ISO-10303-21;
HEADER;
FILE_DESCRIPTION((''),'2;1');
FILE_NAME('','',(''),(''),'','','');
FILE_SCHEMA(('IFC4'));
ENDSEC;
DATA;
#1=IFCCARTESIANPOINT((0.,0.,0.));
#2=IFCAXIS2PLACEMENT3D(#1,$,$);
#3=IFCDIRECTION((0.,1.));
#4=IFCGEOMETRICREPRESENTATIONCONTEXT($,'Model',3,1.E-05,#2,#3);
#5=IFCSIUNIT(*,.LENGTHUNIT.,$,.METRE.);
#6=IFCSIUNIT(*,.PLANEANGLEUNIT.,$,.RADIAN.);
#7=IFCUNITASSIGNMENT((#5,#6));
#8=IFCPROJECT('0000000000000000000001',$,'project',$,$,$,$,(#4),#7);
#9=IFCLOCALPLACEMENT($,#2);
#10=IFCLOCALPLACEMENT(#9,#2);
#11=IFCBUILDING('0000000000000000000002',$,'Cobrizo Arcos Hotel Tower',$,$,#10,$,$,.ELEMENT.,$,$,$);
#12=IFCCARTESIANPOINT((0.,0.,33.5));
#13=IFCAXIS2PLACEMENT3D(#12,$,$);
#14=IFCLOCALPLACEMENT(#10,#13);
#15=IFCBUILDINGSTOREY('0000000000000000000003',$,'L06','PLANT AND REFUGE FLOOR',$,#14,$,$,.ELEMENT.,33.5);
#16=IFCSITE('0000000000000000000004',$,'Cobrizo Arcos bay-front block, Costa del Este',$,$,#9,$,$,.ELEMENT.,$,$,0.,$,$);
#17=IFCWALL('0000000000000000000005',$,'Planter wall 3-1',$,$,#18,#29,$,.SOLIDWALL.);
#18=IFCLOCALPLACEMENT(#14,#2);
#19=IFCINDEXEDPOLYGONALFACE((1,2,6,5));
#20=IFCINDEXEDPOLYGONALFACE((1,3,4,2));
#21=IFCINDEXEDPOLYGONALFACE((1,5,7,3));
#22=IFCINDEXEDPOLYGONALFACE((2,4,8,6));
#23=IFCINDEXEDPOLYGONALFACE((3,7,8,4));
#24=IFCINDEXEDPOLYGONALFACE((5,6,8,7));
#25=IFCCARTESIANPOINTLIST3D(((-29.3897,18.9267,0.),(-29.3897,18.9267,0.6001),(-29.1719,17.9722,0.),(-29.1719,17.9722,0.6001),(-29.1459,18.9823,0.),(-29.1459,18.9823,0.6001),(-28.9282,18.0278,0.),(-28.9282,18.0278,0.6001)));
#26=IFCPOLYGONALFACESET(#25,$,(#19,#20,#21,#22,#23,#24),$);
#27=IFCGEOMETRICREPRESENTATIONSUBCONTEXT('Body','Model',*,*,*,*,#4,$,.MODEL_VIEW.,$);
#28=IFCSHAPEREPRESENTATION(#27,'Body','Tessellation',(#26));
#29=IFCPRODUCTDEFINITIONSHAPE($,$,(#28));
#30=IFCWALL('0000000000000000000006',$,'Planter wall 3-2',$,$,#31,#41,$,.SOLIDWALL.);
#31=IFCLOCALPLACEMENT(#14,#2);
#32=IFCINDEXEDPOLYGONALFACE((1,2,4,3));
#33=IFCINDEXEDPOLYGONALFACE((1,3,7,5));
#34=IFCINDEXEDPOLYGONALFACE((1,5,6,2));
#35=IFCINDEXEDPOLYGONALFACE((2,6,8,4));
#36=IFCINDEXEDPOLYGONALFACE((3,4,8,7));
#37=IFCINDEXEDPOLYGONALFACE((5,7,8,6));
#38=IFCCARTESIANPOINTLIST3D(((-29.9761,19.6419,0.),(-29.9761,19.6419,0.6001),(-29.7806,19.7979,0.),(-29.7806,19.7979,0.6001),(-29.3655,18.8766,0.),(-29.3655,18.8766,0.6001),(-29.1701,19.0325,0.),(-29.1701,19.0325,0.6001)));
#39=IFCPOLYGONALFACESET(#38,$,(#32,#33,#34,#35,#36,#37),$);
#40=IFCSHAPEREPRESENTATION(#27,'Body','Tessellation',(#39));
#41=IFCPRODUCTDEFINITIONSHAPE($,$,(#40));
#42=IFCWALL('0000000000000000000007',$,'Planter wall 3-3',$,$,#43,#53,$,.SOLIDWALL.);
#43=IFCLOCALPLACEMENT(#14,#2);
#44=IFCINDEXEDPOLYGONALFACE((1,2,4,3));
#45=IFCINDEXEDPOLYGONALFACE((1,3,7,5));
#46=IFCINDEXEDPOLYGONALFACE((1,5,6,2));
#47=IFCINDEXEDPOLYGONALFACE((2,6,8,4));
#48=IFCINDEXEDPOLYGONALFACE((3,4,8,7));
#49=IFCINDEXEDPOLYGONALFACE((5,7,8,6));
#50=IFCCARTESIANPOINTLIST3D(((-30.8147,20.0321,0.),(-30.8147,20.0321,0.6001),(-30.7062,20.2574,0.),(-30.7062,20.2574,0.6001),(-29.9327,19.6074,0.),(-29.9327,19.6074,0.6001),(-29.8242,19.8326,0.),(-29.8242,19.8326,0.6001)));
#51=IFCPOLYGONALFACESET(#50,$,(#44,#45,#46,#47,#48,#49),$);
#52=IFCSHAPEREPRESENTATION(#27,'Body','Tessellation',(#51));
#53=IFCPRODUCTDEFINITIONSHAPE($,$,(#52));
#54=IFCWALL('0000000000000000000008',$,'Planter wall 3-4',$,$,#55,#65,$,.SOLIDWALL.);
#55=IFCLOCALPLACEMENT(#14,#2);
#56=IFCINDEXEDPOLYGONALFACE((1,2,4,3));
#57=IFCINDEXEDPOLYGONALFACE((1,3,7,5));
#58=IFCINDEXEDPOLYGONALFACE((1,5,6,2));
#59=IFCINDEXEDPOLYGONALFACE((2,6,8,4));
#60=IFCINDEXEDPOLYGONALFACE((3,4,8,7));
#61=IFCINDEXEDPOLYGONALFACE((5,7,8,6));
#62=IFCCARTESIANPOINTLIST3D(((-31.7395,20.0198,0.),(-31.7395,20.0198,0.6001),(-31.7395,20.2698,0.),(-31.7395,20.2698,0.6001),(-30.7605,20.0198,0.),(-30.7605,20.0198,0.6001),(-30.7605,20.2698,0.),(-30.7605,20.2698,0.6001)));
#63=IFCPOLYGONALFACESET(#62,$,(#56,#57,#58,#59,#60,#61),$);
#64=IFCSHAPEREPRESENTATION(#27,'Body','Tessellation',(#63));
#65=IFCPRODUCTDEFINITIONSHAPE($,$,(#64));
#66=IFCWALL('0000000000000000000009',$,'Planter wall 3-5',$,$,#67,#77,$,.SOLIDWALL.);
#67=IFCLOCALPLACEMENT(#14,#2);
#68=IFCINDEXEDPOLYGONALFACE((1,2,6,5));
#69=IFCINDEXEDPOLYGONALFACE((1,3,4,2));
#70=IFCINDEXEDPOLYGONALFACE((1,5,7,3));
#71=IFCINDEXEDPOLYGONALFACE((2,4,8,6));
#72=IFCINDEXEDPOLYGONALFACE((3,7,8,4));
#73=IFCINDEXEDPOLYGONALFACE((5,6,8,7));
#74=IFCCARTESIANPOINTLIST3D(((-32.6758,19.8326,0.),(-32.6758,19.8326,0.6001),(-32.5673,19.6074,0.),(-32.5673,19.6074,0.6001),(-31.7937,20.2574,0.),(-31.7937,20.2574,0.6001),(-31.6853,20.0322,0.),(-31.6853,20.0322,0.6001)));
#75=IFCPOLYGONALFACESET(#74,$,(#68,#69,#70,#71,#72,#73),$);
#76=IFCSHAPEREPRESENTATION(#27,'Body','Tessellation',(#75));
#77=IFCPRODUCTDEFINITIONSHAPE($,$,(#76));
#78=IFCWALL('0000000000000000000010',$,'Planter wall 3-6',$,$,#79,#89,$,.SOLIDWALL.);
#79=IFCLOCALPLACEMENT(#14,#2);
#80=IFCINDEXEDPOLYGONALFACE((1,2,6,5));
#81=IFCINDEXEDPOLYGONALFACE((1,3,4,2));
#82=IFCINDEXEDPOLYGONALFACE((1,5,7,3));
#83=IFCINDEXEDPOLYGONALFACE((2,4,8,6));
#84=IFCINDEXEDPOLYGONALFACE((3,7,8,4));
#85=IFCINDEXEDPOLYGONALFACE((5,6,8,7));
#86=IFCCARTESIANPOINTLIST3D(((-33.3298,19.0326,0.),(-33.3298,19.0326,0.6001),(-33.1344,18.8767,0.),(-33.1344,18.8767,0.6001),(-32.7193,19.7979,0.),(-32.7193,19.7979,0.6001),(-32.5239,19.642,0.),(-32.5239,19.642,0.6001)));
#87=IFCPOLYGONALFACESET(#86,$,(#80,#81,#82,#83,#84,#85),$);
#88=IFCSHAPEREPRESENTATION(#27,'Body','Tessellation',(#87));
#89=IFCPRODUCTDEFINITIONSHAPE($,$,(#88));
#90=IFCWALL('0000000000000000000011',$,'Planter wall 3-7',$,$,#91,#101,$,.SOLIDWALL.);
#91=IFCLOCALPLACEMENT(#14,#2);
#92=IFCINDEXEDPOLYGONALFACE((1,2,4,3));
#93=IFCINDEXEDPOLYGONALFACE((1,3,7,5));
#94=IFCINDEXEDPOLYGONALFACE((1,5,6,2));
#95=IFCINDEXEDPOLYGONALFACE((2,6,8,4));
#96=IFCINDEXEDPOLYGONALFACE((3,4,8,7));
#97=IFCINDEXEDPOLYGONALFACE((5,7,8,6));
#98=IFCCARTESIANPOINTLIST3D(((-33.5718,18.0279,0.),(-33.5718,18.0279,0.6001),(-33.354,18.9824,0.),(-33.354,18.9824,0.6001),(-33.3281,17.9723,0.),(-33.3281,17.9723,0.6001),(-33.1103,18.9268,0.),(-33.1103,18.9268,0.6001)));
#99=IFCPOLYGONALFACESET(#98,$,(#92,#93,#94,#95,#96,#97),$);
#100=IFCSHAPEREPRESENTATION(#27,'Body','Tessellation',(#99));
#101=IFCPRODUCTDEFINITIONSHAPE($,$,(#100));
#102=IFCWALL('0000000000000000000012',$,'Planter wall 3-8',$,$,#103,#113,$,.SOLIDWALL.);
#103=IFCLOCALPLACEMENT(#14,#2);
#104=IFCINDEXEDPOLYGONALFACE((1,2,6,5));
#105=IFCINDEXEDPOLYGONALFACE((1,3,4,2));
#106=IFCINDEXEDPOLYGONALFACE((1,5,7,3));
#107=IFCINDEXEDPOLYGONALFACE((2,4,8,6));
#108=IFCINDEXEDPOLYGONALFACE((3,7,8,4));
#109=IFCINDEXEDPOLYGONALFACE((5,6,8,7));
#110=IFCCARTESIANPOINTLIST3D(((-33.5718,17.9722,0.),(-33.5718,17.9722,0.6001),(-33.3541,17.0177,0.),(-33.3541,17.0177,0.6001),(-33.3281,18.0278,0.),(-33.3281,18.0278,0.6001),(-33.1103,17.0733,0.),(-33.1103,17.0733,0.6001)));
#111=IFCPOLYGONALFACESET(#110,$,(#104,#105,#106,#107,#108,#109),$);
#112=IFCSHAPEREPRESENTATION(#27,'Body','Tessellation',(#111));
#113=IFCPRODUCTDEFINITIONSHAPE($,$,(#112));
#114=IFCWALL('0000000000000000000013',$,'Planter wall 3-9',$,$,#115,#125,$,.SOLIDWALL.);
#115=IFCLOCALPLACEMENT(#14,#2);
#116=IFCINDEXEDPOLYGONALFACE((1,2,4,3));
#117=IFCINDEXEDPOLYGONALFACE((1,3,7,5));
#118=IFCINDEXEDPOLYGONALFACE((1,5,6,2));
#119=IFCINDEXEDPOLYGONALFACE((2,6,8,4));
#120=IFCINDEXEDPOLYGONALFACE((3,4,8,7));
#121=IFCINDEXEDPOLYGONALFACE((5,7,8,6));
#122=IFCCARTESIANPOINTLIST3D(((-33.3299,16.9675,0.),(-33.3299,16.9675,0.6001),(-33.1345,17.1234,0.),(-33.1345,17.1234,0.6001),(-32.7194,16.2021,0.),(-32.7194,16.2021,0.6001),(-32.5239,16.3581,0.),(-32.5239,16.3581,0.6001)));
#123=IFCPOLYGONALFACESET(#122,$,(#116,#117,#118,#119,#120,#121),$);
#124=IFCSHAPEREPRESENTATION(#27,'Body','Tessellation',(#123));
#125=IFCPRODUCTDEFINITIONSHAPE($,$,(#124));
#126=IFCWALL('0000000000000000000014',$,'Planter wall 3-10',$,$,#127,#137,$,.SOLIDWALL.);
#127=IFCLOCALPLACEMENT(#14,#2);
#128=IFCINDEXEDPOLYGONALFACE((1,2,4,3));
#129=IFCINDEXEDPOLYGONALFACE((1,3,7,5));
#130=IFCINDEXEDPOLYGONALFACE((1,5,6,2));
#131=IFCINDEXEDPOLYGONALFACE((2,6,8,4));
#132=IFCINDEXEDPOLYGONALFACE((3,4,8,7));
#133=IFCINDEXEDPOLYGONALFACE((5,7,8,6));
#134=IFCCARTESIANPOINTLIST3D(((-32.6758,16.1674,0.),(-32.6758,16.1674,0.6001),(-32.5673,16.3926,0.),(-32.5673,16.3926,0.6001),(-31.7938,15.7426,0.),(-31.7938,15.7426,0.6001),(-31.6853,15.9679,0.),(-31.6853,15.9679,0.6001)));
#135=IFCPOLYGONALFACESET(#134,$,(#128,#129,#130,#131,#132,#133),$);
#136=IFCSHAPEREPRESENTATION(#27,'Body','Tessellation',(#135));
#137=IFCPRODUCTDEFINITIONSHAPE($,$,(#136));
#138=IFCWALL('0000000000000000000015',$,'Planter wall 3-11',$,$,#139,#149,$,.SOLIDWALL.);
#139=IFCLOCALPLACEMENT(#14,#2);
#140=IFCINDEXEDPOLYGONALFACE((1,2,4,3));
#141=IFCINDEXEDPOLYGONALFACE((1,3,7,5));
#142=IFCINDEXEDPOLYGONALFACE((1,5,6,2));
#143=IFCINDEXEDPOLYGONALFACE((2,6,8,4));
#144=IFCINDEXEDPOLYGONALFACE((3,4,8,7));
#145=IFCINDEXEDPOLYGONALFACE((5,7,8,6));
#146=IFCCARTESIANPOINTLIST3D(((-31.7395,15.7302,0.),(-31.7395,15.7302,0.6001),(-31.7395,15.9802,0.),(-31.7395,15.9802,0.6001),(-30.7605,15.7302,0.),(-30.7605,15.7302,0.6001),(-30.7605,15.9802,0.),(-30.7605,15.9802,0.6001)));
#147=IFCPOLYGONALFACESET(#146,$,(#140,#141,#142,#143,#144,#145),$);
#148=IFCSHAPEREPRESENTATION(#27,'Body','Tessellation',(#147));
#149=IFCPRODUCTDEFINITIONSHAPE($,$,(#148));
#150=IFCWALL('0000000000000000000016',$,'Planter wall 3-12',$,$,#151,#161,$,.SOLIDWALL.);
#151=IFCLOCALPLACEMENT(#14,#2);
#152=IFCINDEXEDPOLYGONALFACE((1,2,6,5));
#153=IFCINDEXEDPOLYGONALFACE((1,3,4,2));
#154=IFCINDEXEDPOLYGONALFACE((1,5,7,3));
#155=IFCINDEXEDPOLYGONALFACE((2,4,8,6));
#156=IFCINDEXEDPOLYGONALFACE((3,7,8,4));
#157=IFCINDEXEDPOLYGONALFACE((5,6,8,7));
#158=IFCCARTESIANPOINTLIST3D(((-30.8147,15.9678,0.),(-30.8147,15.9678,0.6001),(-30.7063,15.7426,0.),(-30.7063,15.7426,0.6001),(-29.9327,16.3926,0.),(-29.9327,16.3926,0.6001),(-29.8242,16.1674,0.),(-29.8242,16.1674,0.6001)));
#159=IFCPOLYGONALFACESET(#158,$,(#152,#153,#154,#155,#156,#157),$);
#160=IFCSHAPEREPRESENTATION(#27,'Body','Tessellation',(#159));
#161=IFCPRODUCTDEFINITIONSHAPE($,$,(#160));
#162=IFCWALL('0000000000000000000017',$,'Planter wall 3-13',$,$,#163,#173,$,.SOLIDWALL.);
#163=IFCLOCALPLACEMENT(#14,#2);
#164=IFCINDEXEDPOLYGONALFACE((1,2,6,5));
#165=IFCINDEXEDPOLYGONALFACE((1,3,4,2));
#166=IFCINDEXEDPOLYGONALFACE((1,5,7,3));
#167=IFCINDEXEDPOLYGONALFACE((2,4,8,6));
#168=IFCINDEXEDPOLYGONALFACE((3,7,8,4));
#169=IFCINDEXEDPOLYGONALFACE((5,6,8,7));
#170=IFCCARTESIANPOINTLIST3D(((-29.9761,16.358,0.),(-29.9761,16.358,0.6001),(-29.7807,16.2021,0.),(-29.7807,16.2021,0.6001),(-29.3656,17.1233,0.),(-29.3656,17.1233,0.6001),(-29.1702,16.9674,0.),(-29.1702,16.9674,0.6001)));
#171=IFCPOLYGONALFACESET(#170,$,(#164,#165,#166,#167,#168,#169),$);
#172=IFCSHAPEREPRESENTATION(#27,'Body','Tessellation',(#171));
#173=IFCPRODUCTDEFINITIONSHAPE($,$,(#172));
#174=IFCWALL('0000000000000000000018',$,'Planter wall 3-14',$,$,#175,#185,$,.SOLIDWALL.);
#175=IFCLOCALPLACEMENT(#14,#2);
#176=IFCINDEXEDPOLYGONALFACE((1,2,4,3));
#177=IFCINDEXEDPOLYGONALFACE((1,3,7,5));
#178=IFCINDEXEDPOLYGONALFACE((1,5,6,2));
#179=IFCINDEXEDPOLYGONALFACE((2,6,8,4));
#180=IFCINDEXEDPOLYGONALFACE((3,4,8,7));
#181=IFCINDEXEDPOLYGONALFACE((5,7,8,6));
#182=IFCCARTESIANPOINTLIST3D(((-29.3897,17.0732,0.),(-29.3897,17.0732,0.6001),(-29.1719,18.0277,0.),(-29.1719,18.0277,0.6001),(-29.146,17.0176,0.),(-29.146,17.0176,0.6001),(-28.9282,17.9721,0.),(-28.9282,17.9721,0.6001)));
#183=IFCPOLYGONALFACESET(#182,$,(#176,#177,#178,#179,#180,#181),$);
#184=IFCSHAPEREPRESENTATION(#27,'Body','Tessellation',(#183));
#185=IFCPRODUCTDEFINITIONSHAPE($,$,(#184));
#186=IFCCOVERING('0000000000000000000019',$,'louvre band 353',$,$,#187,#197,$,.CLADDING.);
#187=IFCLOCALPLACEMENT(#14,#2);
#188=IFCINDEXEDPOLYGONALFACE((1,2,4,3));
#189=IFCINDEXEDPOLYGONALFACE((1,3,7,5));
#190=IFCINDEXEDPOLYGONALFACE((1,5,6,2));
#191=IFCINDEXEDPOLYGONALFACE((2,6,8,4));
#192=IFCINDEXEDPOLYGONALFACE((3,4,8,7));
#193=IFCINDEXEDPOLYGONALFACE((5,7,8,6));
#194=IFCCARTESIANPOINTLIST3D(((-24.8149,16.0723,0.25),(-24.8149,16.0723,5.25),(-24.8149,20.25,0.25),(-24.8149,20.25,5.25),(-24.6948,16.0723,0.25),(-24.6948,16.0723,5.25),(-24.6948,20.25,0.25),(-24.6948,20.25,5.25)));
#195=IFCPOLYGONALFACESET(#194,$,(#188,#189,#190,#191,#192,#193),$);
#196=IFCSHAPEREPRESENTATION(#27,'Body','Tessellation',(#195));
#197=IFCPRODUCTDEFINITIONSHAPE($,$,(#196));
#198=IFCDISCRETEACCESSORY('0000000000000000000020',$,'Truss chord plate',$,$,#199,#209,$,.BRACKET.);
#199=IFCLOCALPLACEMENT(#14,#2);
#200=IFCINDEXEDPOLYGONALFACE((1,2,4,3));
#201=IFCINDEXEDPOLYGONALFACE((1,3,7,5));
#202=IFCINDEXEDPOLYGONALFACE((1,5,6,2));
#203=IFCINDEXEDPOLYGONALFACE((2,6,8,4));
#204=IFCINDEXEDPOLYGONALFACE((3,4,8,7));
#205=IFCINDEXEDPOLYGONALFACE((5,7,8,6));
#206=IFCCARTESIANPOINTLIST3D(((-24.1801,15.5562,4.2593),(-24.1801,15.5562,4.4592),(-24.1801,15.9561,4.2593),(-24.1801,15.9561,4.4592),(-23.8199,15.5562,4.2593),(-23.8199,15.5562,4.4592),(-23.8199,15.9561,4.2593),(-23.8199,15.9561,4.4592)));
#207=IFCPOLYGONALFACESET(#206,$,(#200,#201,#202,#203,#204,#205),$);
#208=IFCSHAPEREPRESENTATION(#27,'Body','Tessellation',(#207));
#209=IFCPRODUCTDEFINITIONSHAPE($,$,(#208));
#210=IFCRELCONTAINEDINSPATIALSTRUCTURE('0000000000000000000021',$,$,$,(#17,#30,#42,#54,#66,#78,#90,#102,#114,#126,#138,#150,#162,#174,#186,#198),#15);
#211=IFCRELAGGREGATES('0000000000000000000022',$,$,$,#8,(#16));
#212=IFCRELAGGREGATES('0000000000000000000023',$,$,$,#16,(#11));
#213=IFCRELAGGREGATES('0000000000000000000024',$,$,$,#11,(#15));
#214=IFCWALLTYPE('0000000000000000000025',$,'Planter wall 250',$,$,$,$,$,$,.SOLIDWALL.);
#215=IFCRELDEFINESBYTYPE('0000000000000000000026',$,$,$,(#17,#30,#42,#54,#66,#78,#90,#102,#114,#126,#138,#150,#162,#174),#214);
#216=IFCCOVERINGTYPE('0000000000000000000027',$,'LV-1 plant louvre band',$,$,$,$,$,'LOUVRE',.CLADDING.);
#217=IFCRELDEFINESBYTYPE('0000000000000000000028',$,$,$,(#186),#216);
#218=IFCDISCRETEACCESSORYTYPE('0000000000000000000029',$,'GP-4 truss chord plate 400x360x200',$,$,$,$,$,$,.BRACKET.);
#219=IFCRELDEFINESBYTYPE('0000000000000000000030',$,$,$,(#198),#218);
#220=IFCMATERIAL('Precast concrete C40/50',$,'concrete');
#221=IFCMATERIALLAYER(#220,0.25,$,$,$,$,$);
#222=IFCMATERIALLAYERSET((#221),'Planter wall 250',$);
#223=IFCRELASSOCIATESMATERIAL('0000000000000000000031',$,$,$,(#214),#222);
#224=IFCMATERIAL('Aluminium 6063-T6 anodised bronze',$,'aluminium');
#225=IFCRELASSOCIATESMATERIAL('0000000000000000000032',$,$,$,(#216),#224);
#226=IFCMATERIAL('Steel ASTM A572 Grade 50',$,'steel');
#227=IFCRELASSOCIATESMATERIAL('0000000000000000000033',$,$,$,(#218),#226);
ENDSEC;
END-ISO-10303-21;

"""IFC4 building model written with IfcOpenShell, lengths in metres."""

from ifc_helpers import new_model, si_unit, direction, frame, frame_2d, origin, origin_2d, place, context, subcontext, project, spatial, rectangle, extrude, material, layer, layer_set, type_object, element, save


model = new_model("IFC4")

# Units and contexts
model_context = context("Model", 3, precision=1e-05, world=origin(), true_north=direction((0.0, 1.0)))
body_context = subcontext(model_context, "Body", "Model", "MODEL_VIEW")
ifc_project = project(units=[si_unit("LENGTHUNIT", "METRE"), si_unit("PLANEANGLEUNIT", "RADIAN")], contexts=[model_context])

# Site, building, storey
site_placement = place(None, origin())
site = spatial("IfcSite", under=ifc_project, at=site_placement, Name="Cobrizo Arcos bay-front block, Costa del Este", CompositionType="ELEMENT", RefElevation=0.0)
building_placement = place(site_placement, origin())
building = spatial("IfcBuilding", under=site, at=building_placement, Name="Cobrizo Arcos Hotel Tower", CompositionType="ELEMENT")
storey_placement = place(building_placement, frame((0.0, 0.0, 33.5)))
storey = spatial("IfcBuildingStorey", under=building, at=storey_placement, Name="L06", Description="PLANT AND REFUGE FLOOR", CompositionType="ELEMENT", Elevation=33.5)

# Shared definitions
ifc_material_1 = material(Name="Aluminium 6063-T6 anodised bronze", Category="aluminium")

# Walls
ifc_material_2 = material(Name="Precast concrete C40/50", Category="concrete")
ifc_layer_1 = layer(ifc_material_2, 0.25)
ifc_layer_set_1 = layer_set([ifc_layer_1], Name="Planter wall 250")
wall_type_1 = type_object("IfcWallType", Name="Planter wall 250", PredefinedType="SOLIDWALL", material=ifc_layer_set_1)
for number, where, z_axis, x_axis, name in (
    (1, (-29.05, 18.0, 0.0), (0.0, 0.0, 1.0), (-0.222419, 0.974951, 0.0), "Planter wall 3-1"),
    (2, (-29.2678, 18.9546, 0.0), (0.0, 0.0, 1.0), (-0.62363, 0.78172, 0.0), "Planter wall 3-2"),
    (3, (-29.8784, 19.72, 0.0), (0.0, 0.0, 1.0), (-0.900962, 0.433898, 0.0), "Planter wall 3-3"),
    (4, (-30.7605, 20.1448, 0.0), (0.0, 0.0, 1.0), (-1.0, 0.0, 0.0), "Planter wall 3-4"),
    (5, (-31.7395, 20.1448, 0.0), (0.0, 0.0, 1.0), (-0.900962, -0.433898, 0.0), "Planter wall 3-5"),
    (6, (-32.6216, 19.72, 0.0), (0.0, 0.0, 1.0), (-0.62363, -0.78172, 0.0), "Planter wall 3-6"),
    (7, (-33.2322, 18.9546, 0.0), (0.0, 0.0, 1.0), (-0.222419, -0.974951, 0.0), "Planter wall 3-7"),
    (8, (-33.45, 18.0, 0.0), (0.0, 0.0, 1.0), (0.222419, -0.974951, 0.0), "Planter wall 3-8"),
    (9, (-33.2322, 17.0454, 0.0), (0.0, 0.0, 1.0), (0.62363, -0.78172, 0.0), "Planter wall 3-9"),
    (10, (-32.6216, 16.28, 0.0), (0.0, 0.0, 1.0), (0.900962, -0.433898, 0.0), "Planter wall 3-10"),
    (11, (-31.7395, 15.8552, 0.0), (0.0, 0.0, 1.0), (1.0, 0.0, 0.0), "Planter wall 3-11"),
    (12, (-30.7605, 15.8552, 0.0), (0.0, 0.0, 1.0), (0.900962, 0.433898, 0.0), "Planter wall 3-12"),
    (13, (-29.8784, 16.28, 0.0), (0.0, 0.0, 1.0), (0.62363, 0.78172, 0.0), "Planter wall 3-13"),
    (14, (-29.2678, 17.0454, 0.0), (0.0, 0.0, 1.0), (0.222419, 0.974951, 0.0), "Planter wall 3-14"),
):
    element("IfcWall", number, at=place(storey_placement, frame(where, z_axis=z_axis, x_axis=x_axis)), inside=storey, type_object=wall_type_1, Name=name, PredefinedType="SOLIDWALL", context=body_context, shape_type="SweptSolid", body=[
        extrude(rectangle(XDim=0.979, YDim=0.25, at=frame_2d((0.4895, 0.0))), origin(), (0.0, 0.0, 1.0), 0.6001),
    ])

# Covering
covering_type = type_object("IfcCoveringType", Name="LV-1 plant louvre band", ElementType="LOUVRE", PredefinedType="CLADDING", material=ifc_material_1)
covering_placement = place(storey_placement, frame((-24.7549, 18.1611, 0.25), z_axis=(0.0, 0.0, 1.0), x_axis=(0.0, -1.0, 0.0)))
element("IfcCovering", 15, at=covering_placement, inside=storey, type_object=covering_type, Name="louvre band 353", PredefinedType="CLADDING", context=body_context, shape_type="SweptSolid", body=[
    extrude(rectangle(XDim=4.1777, YDim=0.1201, at=origin_2d()), origin(), (0.0, 0.0, 1.0), 5.0),
])

# Discrete accessory
ifc_material_3 = material(Name="Steel ASTM A572 Grade 50", Category="steel")
discrete_accessory_type = type_object("IfcDiscreteAccessoryType", Name="GP-4 truss chord plate 400x360x200", PredefinedType="BRACKET", material=ifc_material_3)
discrete_accessory_placement = place(storey_placement, frame((-24.0, 15.7561, 4.2593), z_axis=(0.0, 0.0, 1.0), x_axis=(0.0, -1.0, 0.0)))
element("IfcDiscreteAccessory", 16, at=discrete_accessory_placement, inside=storey, type_object=discrete_accessory_type, Name="Truss chord plate", PredefinedType="BRACKET", context=body_context, shape_type="SweptSolid", body=[
    extrude(rectangle(XDim=0.3999, YDim=0.3601, at=origin_2d()), origin(), (0.0, 0.0, 1.0), 0.2),
])

save(model, "model.ifc")
